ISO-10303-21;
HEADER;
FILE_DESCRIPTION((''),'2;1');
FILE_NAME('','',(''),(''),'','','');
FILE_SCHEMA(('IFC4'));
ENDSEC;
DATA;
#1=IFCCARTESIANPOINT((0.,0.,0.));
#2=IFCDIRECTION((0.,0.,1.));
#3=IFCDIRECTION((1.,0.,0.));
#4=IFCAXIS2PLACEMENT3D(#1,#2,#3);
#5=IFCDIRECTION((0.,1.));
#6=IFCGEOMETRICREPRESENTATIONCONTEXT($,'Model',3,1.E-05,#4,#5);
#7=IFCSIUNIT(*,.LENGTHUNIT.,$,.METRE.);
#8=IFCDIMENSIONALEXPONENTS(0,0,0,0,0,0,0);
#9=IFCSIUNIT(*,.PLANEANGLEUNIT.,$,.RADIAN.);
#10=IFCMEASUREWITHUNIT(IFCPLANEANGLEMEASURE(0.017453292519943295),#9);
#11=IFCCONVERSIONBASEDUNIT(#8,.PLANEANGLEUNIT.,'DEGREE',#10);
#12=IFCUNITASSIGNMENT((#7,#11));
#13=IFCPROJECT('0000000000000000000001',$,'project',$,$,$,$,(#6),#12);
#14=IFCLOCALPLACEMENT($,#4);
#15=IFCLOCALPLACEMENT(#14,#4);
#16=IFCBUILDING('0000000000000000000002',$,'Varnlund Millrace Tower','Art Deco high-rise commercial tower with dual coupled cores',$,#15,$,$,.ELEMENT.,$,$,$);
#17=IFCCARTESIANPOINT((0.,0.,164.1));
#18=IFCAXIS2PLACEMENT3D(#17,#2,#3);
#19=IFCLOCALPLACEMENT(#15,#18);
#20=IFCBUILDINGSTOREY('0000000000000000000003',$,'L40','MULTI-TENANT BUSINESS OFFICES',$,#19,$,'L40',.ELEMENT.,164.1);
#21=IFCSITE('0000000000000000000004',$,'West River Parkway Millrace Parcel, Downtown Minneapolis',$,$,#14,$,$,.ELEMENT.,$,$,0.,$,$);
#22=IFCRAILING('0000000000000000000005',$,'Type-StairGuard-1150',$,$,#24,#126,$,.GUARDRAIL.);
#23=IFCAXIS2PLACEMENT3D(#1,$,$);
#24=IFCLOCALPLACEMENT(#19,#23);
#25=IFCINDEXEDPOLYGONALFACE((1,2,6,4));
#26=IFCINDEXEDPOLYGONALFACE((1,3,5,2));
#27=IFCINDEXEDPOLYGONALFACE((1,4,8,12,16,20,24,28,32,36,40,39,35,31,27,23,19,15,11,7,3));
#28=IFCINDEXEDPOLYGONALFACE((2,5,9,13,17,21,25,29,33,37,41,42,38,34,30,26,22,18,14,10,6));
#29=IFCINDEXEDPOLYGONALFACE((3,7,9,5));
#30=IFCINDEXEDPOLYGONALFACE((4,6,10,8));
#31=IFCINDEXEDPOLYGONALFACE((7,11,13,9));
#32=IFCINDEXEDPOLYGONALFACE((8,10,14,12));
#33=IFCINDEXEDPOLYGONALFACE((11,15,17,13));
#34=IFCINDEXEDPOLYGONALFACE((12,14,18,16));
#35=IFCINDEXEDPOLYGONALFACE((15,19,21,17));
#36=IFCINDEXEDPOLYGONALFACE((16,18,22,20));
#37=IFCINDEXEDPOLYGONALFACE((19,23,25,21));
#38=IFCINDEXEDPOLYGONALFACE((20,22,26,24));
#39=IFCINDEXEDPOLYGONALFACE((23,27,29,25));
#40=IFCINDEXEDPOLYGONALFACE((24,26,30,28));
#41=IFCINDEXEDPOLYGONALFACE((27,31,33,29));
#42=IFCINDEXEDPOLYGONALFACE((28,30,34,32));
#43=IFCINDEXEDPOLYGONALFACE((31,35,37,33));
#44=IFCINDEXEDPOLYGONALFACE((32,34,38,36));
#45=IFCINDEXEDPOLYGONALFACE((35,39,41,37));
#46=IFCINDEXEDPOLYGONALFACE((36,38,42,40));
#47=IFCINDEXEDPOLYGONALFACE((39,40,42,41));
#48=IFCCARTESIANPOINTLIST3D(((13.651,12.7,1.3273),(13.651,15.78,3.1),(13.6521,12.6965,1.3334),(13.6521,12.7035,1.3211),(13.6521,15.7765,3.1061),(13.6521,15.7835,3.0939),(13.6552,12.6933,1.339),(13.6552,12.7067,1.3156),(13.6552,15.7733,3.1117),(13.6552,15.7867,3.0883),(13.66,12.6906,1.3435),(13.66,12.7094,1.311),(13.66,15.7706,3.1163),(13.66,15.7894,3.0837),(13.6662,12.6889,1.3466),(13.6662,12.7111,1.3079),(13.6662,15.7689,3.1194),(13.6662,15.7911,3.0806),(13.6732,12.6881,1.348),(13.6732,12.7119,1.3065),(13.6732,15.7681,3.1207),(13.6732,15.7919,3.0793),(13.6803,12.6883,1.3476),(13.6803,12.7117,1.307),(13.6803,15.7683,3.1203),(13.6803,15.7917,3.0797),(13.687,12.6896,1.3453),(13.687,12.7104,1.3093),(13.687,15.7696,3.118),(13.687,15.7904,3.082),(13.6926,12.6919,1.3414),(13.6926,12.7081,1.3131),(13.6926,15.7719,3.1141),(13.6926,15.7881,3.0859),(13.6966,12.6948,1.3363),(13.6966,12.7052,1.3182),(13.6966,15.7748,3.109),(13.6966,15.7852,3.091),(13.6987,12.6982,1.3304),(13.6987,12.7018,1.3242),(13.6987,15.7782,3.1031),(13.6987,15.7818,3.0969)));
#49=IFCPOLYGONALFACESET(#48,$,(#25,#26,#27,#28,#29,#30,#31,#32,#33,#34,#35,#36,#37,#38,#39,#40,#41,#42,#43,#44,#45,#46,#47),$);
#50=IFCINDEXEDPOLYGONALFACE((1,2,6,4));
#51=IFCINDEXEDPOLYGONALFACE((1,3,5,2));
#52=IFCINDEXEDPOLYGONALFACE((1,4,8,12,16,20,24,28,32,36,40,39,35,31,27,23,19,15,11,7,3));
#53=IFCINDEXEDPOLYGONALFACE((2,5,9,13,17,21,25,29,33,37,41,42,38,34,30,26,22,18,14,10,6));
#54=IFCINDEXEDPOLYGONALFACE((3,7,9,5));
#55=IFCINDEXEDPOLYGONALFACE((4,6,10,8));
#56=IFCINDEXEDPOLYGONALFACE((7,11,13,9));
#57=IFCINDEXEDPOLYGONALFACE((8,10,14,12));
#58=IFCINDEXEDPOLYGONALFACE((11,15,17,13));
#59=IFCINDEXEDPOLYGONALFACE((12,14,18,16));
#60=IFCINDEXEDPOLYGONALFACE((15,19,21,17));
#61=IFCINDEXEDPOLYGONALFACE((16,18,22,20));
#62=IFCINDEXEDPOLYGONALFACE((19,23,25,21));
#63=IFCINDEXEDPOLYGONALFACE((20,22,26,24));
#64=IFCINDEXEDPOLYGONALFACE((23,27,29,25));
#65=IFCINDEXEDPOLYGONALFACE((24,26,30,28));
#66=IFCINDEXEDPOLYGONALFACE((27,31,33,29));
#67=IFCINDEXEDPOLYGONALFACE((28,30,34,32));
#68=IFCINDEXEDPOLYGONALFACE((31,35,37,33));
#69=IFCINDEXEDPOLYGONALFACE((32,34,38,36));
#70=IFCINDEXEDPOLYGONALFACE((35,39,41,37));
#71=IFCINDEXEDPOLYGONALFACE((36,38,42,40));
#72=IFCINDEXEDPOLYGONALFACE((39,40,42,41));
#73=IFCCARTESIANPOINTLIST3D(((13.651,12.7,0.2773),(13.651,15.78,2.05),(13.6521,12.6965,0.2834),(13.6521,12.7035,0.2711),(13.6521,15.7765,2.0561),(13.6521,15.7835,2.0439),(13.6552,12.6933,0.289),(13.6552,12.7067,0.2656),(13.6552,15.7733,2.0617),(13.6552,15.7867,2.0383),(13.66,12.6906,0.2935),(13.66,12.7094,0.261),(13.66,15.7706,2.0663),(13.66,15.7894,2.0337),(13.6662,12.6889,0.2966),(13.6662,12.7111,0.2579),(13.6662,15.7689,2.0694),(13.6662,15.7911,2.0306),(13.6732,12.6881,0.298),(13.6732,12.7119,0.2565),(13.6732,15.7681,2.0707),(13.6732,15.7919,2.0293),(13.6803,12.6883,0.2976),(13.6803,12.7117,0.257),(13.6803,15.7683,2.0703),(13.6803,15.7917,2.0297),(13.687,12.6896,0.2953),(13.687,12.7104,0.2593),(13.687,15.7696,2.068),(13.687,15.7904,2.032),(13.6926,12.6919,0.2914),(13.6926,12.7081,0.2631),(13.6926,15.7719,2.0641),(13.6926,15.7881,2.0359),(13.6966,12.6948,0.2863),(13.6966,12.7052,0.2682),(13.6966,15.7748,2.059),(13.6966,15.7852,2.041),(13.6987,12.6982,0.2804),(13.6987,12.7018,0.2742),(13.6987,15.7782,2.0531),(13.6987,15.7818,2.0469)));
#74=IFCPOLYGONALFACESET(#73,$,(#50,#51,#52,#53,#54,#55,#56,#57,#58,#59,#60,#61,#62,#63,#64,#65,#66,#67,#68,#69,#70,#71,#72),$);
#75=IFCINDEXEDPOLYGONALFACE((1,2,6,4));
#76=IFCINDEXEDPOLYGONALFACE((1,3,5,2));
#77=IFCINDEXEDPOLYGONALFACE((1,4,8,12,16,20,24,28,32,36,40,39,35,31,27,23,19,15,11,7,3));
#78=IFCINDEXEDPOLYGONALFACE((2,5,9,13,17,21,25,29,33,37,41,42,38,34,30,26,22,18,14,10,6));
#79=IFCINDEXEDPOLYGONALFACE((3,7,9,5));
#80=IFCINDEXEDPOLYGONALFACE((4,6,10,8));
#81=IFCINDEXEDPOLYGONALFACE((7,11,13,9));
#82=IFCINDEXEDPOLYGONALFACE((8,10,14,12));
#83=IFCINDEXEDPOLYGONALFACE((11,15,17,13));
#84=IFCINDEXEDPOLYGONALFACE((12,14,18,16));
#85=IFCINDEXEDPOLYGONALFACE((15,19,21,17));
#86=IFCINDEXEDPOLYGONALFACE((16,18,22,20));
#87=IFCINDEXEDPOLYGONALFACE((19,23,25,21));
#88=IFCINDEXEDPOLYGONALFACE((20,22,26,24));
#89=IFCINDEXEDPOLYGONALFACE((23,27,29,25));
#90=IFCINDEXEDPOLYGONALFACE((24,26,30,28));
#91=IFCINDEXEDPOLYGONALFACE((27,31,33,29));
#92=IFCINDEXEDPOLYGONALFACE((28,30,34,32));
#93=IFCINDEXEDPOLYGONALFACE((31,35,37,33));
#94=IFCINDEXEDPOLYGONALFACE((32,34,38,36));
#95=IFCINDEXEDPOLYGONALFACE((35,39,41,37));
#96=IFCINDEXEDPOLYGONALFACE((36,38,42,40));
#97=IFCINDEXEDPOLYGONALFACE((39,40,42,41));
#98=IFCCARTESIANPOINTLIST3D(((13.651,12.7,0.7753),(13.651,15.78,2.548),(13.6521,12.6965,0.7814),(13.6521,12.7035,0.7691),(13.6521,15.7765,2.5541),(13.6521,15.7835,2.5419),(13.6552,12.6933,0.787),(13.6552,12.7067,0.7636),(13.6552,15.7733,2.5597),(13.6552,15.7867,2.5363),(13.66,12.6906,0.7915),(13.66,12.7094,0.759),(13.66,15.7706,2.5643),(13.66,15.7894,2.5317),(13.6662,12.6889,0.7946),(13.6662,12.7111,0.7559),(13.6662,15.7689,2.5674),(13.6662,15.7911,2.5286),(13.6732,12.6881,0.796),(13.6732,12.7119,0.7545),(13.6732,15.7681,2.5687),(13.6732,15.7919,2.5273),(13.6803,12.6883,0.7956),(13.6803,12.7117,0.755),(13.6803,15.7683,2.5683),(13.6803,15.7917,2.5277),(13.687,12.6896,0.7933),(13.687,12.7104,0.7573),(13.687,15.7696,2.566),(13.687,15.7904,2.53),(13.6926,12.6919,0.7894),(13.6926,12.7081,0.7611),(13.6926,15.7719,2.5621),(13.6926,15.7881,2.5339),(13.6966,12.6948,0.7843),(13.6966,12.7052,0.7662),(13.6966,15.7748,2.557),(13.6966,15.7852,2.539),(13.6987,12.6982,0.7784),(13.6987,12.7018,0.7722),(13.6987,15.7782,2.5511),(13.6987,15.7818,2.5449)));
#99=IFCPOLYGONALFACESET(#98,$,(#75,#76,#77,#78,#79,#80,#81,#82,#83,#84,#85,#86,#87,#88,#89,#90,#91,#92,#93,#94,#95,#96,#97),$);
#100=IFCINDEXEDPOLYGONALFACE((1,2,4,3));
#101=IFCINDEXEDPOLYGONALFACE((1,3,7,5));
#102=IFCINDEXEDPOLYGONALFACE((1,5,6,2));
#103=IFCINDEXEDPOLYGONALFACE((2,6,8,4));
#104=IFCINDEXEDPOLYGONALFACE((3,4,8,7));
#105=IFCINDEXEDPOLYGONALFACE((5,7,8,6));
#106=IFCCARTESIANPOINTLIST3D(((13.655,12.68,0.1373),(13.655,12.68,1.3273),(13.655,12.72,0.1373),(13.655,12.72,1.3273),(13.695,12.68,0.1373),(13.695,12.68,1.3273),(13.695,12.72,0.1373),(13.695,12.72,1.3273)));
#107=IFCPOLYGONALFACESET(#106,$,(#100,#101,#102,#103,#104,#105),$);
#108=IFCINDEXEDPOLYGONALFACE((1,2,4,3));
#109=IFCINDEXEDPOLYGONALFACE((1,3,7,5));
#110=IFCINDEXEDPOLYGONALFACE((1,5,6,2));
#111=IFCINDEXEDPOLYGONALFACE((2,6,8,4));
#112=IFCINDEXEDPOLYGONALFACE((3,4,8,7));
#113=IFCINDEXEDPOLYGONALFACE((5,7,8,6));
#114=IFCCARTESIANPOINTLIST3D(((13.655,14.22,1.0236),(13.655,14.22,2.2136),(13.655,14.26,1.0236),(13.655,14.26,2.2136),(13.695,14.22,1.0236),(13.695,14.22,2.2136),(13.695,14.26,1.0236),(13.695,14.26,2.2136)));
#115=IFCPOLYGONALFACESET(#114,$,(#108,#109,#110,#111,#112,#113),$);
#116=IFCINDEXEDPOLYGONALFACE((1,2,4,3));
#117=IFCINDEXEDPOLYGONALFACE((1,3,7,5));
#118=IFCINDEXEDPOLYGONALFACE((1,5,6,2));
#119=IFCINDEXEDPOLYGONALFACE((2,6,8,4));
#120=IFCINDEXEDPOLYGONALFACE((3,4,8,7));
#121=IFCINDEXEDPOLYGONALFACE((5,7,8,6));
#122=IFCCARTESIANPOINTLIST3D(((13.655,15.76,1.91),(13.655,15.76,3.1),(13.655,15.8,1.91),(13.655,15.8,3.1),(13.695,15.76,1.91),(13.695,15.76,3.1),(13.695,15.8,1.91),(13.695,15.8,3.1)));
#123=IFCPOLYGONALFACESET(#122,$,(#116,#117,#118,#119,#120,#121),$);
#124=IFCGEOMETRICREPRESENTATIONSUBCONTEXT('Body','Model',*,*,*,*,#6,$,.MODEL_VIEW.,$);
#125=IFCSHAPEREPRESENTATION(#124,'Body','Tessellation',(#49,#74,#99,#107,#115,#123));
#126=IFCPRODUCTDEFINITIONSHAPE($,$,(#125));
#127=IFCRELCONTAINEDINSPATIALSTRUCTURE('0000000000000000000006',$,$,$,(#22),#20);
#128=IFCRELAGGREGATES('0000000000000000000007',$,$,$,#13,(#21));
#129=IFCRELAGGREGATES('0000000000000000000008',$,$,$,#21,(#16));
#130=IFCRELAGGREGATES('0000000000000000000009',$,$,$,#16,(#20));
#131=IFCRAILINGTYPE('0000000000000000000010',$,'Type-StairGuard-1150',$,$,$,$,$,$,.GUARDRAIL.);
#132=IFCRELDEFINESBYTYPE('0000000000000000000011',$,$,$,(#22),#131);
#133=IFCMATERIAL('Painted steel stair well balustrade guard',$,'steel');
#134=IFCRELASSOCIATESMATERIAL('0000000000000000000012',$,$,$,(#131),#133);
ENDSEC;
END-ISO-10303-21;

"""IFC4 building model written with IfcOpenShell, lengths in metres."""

from ifc_helpers import new_model, entity, si_unit, converted_unit, direction, frame, origin_with_axes, origin_2d_with_axis, place, context, subcontext, project, spatial, rectangle, circle, extrude, material, type_object, element, save


model = new_model("IFC4")

# Units and contexts
model_context = context("Model", 3, precision=1e-05, world=origin_with_axes(), true_north=direction((0.0, 1.0)))
body_context = subcontext(model_context, "Body", "Model", "MODEL_VIEW")
ifc_project = project(units=[si_unit("LENGTHUNIT", "METRE"), converted_unit("PLANEANGLEUNIT", "DEGREE", entity("IfcPlaneAngleMeasure", 0.017453292519943295), si_unit("PLANEANGLEUNIT", "RADIAN"), dimensions=[0, 0, 0, 0, 0, 0, 0])], contexts=[model_context])

# Site, building, storey
site_placement = place(None, origin_with_axes())
site = spatial("IfcSite", under=ifc_project, at=site_placement, Name="West River Parkway Millrace Parcel, Downtown Minneapolis", CompositionType="ELEMENT", RefElevation=0.0)
building_placement = place(site_placement, origin_with_axes())
building = spatial("IfcBuilding", under=site, at=building_placement, Name="Varnlund Millrace Tower", Description="Art Deco high-rise commercial tower with dual coupled cores", CompositionType="ELEMENT")
storey_placement = place(building_placement, frame((0.0, 0.0, 164.1), z_axis=(0.0, 0.0, 1.0), x_axis=(1.0, 0.0, 0.0)))
storey = spatial("IfcBuildingStorey", under=building, at=storey_placement, Name="L40", Description="MULTI-TENANT BUSINESS OFFICES", LongName="L40", CompositionType="ELEMENT", Elevation=164.1)

# Railing
ifc_material_1 = material(Name="Painted steel stair well balustrade guard", Category="steel")
railing_type_1 = type_object("IfcRailingType", Name="Type-StairGuard-1150", PredefinedType="GUARDRAIL", material=ifc_material_1)
railing_1_placement = place(storey_placement, frame((0.0, 0.0, -164.1), z_axis=(0.0, 0.0, 1.0), x_axis=(1.0, 0.0, 0.0)))
element("IfcRailing", 1, at=railing_1_placement, inside=storey, type_object=railing_type_1, Name="Type-StairGuard-1150", PredefinedType="GUARDRAIL", context=body_context, shape_type="SweptSolid", body=[
    extrude(circle(Radius=0.024, at=origin_2d_with_axis()), frame((13.675, 12.7, 165.4273), z_axis=(0.0, 0.866696, 0.498836), x_axis=(-1.0, 0.0, 0.0)), (0.0, 0.0, 1.0), 3.5537),
    extrude(circle(Radius=0.024, at=origin_2d_with_axis()), frame((13.675, 12.7, 164.3773), z_axis=(0.0, 0.866696, 0.498836), x_axis=(-1.0, 0.0, 0.0)), (0.0, 0.0, 1.0), 3.5537),
    extrude(circle(Radius=0.024, at=origin_2d_with_axis()), frame((13.675, 12.7, 164.8753), z_axis=(0.0, 0.866696, 0.498836), x_axis=(-1.0, 0.0, 0.0)), (0.0, 0.0, 1.0), 3.5537),
    extrude(rectangle(XDim=0.04, YDim=0.04, at=origin_2d_with_axis()), frame((13.675, 12.7, 164.2373), z_axis=(0.0, 0.0, 1.0), x_axis=(1.0, 0.0, 0.0)), (0.0, 0.0, 1.0), 1.19),
    extrude(rectangle(XDim=0.04, YDim=0.04, at=origin_2d_with_axis()), frame((13.675, 14.24, 165.1236), z_axis=(0.0, 0.0, 1.0), x_axis=(1.0, 0.0, 0.0)), (0.0, 0.0, 1.0), 1.19),
    extrude(rectangle(XDim=0.04, YDim=0.04, at=origin_2d_with_axis()), frame((13.675, 15.78, 166.01), z_axis=(0.0, 0.0, 1.0), x_axis=(1.0, 0.0, 0.0)), (0.0, 0.0, 1.0), 1.19),
])

save(model, "model.ifc")
